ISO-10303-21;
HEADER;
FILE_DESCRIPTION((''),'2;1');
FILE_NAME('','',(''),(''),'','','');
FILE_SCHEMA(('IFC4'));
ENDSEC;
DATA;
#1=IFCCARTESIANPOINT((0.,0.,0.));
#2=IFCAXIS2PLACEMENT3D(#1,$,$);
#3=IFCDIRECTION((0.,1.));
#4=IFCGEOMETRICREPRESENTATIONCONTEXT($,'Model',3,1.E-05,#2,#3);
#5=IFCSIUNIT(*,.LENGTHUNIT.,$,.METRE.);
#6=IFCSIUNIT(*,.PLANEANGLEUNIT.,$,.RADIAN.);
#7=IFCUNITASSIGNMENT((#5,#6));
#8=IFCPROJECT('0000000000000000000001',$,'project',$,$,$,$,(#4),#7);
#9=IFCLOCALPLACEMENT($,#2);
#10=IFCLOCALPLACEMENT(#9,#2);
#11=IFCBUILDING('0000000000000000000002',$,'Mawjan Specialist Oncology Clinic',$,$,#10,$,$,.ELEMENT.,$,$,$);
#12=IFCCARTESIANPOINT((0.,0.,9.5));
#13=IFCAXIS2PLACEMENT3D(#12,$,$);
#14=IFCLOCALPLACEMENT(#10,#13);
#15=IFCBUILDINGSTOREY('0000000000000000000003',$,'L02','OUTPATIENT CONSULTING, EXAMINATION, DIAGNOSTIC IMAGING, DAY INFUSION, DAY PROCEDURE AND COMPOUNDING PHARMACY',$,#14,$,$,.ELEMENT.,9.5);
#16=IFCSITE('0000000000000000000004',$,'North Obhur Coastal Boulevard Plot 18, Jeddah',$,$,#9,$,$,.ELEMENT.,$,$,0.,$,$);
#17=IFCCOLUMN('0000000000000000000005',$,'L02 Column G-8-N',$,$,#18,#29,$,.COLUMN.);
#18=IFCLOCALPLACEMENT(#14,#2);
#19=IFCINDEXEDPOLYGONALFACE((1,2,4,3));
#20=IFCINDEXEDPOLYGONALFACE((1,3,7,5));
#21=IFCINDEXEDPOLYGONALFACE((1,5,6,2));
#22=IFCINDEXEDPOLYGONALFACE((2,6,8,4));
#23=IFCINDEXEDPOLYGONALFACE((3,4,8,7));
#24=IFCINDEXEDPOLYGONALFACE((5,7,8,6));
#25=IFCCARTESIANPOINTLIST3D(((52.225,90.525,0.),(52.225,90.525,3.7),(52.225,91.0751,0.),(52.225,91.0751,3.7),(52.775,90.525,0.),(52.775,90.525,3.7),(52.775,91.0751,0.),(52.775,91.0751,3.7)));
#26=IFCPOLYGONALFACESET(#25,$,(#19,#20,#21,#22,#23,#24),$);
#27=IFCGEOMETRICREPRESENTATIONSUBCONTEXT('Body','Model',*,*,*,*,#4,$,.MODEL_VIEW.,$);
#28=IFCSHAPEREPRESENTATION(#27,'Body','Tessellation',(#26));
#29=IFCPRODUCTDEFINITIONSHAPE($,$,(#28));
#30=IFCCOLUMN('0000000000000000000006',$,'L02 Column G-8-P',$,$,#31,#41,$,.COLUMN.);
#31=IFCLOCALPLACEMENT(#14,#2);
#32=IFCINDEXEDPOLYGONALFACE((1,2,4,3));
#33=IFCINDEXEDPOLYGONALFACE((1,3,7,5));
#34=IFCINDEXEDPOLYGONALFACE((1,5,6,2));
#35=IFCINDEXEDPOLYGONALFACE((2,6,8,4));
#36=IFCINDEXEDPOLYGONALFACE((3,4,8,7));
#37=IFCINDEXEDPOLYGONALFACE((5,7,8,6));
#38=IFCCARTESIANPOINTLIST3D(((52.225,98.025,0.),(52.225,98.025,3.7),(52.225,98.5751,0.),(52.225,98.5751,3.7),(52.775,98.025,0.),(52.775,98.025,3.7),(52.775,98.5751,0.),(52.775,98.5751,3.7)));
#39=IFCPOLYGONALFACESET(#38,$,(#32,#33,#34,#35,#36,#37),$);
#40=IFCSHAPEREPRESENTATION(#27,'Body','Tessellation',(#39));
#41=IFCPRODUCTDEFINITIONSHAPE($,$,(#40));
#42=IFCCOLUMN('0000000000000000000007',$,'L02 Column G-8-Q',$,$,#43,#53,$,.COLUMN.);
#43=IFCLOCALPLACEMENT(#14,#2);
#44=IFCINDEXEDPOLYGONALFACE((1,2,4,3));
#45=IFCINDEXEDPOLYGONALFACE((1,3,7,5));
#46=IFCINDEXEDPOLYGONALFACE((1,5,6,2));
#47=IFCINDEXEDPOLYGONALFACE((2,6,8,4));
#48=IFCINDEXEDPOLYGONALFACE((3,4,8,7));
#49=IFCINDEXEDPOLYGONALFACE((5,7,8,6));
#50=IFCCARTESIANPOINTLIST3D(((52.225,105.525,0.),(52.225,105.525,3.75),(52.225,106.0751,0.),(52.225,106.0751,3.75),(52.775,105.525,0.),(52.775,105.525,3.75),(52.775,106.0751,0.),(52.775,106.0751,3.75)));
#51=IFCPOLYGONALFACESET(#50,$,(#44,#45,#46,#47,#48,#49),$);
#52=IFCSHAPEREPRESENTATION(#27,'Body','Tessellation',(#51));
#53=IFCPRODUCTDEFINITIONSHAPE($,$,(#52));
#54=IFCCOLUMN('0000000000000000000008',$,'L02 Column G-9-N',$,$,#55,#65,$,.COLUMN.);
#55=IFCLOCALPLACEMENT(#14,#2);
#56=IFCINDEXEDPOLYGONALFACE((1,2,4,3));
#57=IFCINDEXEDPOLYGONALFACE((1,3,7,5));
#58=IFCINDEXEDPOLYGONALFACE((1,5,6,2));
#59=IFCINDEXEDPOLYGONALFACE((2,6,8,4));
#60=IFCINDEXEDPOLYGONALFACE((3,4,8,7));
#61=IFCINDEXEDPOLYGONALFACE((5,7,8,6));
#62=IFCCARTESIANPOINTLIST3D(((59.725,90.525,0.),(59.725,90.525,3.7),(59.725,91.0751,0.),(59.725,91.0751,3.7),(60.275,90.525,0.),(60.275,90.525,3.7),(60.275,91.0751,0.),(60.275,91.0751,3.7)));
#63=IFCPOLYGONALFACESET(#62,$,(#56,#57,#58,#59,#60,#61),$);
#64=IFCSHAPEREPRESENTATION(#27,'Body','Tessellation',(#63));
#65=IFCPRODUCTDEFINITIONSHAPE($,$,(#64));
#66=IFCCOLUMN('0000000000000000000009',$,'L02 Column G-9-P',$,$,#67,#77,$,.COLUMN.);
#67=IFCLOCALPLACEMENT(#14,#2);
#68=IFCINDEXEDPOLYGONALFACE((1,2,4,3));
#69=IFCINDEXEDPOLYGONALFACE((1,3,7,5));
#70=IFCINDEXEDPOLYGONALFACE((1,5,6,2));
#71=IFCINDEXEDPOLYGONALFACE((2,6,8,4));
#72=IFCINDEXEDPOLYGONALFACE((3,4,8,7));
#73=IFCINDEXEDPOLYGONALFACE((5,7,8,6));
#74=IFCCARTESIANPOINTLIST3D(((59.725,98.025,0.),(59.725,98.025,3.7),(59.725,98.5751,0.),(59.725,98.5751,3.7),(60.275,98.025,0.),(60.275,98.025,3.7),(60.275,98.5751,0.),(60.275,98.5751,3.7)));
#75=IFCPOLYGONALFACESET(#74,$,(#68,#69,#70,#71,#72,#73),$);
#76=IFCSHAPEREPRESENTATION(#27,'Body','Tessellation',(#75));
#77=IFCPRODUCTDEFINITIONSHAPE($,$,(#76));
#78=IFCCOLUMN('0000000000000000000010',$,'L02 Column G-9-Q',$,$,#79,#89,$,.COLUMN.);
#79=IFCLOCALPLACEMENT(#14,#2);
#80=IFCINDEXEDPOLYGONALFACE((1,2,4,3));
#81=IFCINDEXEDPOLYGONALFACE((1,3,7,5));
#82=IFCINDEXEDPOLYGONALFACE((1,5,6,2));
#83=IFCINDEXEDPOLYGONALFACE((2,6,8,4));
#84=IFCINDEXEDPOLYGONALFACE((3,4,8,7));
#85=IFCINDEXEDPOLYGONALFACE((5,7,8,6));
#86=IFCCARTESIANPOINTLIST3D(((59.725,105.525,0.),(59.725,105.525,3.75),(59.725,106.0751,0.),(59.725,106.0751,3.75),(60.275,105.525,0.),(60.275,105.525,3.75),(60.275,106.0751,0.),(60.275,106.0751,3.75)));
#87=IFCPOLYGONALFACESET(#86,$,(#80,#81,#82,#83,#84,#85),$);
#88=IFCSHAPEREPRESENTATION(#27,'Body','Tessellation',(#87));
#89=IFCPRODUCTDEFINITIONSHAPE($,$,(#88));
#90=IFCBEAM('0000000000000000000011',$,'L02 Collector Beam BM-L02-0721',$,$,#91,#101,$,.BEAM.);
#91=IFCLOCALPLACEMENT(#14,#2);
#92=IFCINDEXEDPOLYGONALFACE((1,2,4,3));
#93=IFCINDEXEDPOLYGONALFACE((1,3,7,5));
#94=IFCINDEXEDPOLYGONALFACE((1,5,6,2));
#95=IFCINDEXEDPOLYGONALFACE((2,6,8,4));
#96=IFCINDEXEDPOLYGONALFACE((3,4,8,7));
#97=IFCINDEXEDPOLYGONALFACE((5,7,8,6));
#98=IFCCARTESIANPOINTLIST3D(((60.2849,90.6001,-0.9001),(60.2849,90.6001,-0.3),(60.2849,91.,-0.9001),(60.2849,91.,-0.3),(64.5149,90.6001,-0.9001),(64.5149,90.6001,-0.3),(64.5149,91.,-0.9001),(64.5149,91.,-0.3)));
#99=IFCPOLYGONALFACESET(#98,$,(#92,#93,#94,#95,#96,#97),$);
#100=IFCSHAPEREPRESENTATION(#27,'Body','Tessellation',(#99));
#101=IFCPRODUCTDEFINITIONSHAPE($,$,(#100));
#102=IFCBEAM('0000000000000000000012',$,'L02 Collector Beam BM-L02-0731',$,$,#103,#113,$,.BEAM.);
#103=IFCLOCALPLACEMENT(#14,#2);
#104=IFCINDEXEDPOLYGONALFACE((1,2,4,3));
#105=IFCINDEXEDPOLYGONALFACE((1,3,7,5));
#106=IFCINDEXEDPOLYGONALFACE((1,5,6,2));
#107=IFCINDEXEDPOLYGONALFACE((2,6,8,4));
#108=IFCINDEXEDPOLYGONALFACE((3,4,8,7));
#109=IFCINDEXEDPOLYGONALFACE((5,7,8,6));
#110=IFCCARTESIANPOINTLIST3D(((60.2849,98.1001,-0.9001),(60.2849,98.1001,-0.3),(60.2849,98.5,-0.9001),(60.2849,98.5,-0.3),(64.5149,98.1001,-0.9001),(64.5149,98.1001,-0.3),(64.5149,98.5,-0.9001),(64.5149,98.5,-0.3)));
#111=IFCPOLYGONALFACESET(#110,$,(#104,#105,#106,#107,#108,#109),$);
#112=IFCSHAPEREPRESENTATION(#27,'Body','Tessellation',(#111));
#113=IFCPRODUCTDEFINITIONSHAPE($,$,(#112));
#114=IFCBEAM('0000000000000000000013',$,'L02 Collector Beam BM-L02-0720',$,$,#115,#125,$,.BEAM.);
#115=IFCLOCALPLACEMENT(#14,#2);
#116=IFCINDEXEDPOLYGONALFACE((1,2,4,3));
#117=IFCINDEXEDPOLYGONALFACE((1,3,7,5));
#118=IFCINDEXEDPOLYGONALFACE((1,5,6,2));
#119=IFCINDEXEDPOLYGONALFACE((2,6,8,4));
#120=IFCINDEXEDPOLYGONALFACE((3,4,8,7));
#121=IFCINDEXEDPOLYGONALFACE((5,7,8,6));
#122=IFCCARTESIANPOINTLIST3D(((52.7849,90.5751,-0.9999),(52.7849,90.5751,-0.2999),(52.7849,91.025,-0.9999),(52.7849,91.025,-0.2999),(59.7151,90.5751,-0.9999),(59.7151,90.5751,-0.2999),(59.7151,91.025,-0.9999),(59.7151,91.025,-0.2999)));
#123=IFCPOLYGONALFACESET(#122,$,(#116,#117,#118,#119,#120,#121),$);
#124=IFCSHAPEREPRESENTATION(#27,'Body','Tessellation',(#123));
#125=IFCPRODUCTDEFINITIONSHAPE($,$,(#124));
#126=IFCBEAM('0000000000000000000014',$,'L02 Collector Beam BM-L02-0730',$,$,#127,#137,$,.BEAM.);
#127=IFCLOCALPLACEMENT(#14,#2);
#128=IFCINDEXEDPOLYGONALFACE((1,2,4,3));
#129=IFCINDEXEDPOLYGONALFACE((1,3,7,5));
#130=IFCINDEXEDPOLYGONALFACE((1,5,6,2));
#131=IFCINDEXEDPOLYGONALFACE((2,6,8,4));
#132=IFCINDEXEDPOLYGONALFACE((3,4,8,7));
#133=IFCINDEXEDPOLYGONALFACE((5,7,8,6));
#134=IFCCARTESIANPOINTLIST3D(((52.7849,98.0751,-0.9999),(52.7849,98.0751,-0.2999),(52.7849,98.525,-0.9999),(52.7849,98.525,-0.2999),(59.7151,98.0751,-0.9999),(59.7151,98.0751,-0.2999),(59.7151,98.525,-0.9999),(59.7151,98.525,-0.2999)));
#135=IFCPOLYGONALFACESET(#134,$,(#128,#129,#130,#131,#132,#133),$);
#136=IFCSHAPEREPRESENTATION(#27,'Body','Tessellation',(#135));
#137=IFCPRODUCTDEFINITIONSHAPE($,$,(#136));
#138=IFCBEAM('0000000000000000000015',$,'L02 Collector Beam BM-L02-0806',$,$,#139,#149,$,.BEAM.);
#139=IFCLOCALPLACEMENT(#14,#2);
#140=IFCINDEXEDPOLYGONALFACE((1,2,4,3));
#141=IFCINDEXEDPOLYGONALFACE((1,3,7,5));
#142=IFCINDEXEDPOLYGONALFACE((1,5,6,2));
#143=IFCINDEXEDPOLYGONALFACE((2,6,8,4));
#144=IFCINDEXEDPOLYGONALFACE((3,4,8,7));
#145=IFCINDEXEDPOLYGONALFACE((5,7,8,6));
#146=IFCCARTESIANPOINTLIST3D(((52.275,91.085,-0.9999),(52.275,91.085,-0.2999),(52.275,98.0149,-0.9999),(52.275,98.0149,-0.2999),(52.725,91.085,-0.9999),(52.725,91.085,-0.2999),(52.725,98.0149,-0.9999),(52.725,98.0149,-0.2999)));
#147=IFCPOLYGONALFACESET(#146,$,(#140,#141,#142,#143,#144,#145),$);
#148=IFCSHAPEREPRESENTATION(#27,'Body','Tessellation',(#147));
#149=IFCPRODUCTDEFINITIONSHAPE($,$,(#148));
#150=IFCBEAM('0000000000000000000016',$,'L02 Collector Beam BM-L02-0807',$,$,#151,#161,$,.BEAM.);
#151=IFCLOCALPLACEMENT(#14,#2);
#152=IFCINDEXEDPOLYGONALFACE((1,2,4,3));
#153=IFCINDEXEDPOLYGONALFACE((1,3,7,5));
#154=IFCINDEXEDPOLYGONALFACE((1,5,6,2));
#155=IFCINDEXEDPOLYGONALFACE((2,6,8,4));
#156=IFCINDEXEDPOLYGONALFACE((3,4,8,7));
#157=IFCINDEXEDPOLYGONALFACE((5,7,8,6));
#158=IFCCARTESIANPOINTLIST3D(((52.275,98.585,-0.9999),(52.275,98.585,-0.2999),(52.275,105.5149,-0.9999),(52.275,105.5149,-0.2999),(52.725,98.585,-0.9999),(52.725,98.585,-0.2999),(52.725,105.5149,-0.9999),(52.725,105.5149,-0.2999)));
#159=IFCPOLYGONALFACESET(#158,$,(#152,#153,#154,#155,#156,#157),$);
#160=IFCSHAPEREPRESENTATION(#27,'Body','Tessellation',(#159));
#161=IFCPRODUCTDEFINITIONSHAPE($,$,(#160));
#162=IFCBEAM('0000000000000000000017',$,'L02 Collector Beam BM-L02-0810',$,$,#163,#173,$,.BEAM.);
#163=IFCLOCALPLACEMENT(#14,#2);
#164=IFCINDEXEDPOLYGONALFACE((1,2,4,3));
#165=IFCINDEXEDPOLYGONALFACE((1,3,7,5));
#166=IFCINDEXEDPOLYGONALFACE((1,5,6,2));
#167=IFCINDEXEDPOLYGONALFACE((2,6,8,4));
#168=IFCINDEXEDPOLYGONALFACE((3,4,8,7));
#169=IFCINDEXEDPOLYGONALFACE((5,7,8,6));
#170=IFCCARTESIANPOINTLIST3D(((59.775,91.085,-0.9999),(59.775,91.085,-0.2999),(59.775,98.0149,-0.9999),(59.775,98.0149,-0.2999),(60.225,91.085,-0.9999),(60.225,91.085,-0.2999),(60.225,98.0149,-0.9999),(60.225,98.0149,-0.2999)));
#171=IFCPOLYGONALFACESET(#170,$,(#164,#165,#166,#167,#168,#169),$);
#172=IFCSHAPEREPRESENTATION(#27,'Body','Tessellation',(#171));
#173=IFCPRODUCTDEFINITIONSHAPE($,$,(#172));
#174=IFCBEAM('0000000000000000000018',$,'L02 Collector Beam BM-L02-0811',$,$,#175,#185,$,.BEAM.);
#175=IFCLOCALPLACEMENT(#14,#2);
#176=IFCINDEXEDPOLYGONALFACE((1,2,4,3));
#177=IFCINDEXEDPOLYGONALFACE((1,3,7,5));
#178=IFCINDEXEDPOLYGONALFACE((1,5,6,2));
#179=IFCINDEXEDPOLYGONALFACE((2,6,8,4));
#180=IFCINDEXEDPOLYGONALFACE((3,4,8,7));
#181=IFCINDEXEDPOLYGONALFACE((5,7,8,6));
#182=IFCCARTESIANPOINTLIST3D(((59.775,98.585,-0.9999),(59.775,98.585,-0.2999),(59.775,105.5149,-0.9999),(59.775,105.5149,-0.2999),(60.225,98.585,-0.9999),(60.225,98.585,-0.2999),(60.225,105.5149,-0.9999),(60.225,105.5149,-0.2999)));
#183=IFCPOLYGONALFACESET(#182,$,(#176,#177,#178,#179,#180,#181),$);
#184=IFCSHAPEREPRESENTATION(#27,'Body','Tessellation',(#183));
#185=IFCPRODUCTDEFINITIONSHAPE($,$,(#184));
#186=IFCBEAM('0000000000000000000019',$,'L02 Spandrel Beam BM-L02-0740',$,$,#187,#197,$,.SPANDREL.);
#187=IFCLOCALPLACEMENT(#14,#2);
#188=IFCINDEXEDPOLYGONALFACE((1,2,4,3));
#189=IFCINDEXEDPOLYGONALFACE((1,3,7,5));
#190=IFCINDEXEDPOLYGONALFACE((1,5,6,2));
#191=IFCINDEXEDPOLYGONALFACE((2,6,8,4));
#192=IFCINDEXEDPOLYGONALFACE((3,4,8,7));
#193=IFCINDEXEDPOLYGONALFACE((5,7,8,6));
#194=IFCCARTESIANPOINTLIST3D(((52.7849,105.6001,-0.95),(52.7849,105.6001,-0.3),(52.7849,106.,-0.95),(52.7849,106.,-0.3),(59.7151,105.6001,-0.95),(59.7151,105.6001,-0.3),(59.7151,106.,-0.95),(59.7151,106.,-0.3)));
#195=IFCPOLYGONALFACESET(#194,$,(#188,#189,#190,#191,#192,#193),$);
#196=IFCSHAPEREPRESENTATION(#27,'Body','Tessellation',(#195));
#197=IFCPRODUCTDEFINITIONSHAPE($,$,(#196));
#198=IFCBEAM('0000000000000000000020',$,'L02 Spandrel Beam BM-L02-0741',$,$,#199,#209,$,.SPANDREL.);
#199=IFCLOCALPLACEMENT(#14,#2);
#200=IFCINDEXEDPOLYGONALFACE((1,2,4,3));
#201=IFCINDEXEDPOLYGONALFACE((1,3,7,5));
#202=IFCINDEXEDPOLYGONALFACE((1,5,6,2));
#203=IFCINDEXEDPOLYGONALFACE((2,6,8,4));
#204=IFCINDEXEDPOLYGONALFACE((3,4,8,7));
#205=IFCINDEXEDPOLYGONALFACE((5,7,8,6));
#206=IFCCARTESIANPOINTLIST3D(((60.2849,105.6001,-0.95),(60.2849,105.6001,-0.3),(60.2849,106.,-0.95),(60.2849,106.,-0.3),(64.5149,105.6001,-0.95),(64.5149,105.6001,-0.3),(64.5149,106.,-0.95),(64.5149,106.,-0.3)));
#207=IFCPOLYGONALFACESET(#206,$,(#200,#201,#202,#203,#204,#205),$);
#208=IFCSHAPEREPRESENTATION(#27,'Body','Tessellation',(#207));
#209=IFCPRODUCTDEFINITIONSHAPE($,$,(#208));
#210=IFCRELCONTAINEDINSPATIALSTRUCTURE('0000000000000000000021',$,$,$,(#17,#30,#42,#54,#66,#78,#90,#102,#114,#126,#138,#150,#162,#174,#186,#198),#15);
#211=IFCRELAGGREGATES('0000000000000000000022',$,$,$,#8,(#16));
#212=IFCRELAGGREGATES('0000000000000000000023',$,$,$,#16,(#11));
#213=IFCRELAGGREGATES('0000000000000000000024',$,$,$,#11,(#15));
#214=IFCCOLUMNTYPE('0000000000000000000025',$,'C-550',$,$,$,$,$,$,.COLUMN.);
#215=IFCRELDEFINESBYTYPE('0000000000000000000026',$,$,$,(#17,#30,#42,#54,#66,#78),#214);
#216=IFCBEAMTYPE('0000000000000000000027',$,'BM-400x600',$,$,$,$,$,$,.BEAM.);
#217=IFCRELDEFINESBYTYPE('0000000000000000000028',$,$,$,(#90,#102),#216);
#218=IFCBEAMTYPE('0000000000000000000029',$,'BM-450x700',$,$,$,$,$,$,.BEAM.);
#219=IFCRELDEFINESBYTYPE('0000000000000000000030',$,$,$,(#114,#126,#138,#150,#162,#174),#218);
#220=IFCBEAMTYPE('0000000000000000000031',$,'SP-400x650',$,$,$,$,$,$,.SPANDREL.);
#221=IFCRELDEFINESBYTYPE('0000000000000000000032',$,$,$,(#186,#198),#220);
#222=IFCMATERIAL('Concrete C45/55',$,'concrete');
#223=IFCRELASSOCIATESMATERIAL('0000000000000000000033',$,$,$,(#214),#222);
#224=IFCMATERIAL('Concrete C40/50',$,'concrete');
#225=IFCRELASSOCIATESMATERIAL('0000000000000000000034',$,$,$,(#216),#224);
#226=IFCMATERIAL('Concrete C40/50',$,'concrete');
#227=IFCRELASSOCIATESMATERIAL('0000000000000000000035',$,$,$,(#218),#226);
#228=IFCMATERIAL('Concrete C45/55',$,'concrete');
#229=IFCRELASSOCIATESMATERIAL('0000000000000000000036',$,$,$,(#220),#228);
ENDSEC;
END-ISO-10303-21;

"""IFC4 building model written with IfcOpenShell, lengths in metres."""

from ifc_helpers import new_model, si_unit, direction, frame, origin, origin_2d, place, context, subcontext, project, spatial, rectangle, extrude, material, material_profile, profile_set, type_object, element, save


model = new_model("IFC4")

# Units and contexts
model_context = context("Model", 3, precision=1e-05, world=origin(), true_north=direction((0.0, 1.0)))
body_context = subcontext(model_context, "Body", "Model", "MODEL_VIEW")
ifc_project = project(units=[si_unit("LENGTHUNIT", "METRE"), si_unit("PLANEANGLEUNIT", "RADIAN")], contexts=[model_context])

# Site, building, storey
site_placement = place(None, origin())
site = spatial("IfcSite", under=ifc_project, at=site_placement, Name="North Obhur Coastal Boulevard Plot 18, Jeddah", CompositionType="ELEMENT", RefElevation=0.0)
building_placement = place(site_placement, origin())
building = spatial("IfcBuilding", under=site, at=building_placement, Name="Mawjan Specialist Oncology Clinic", CompositionType="ELEMENT")
storey_placement = place(building_placement, frame((0.0, 0.0, 9.5)))
storey = spatial("IfcBuildingStorey", under=building, at=storey_placement, Name="L02", Description="OUTPATIENT CONSULTING, EXAMINATION, DIAGNOSTIC IMAGING, DAY INFUSION, DAY PROCEDURE AND COMPOUNDING PHARMACY", CompositionType="ELEMENT", Elevation=9.5)

# Columns
ifc_material_1 = material(Name="Concrete C45/55", Category="concrete")
ifc_material_profile_1 = material_profile(ifc_material_1, rectangle(XDim=0.55, YDim=0.55, at=origin_2d()), Name="RC COL 550x550", Category="concrete")
ifc_profile_set_1 = profile_set([ifc_material_profile_1], Name="Concrete C45/55")
column_type = type_object("IfcColumnType", Name="C-550", PredefinedType="COLUMN", material=ifc_profile_set_1)
for number, where, z_axis, x_axis, name in (
    (1, (52.5, 90.8, 0.0), (0.0, 0.0, 1.0), (1.0, 0.0, 0.0), "L02 Column G-8-N"),
    (2, (52.5, 98.3, 0.0), (0.0, 0.0, 1.0), (1.0, 0.0, 0.0), "L02 Column G-8-P"),
):
    element("IfcColumn", number, at=place(storey_placement, frame(where, z_axis=z_axis, x_axis=x_axis)), inside=storey, type_object=column_type, Name=name, PredefinedType="COLUMN", context=body_context, shape_type="SweptSolid", body=[
        extrude(rectangle(XDim=0.55, YDim=0.55, at=origin_2d()), origin(), (0.0, 0.0, 1.0), 3.7),
    ])
column_1_placement = place(storey_placement, frame((52.5, 105.8, 0.0), z_axis=(0.0, 0.0, 1.0), x_axis=(1.0, 0.0, 0.0)))
element("IfcColumn", 3, at=column_1_placement, inside=storey, type_object=column_type, Name="L02 Column G-8-Q", PredefinedType="COLUMN", context=body_context, shape_type="SweptSolid", body=[
    extrude(rectangle(XDim=0.55, YDim=0.55, at=origin_2d()), origin(), (0.0, 0.0, 1.0), 3.75),
])
for number, where, z_axis, x_axis, name in (
    (4, (60.0, 90.8, 0.0), (0.0, 0.0, 1.0), (1.0, 0.0, 0.0), "L02 Column G-9-N"),
    (5, (60.0, 98.3, 0.0), (0.0, 0.0, 1.0), (1.0, 0.0, 0.0), "L02 Column G-9-P"),
):
    element("IfcColumn", number, at=place(storey_placement, frame(where, z_axis=z_axis, x_axis=x_axis)), inside=storey, type_object=column_type, Name=name, PredefinedType="COLUMN", context=body_context, shape_type="SweptSolid", body=[
        extrude(rectangle(XDim=0.55, YDim=0.55, at=origin_2d()), origin(), (0.0, 0.0, 1.0), 3.7),
    ])
column_2_placement = place(storey_placement, frame((60.0, 105.8, 0.0), z_axis=(0.0, 0.0, 1.0), x_axis=(1.0, 0.0, 0.0)))
element("IfcColumn", 6, at=column_2_placement, inside=storey, type_object=column_type, Name="L02 Column G-9-Q", PredefinedType="COLUMN", context=body_context, shape_type="SweptSolid", body=[
    extrude(rectangle(XDim=0.55, YDim=0.55, at=origin_2d()), origin(), (0.0, 0.0, 1.0), 3.75),
])

# Beams
ifc_material_2 = material(Name="Concrete C40/50", Category="concrete")
ifc_material_profile_2 = material_profile(ifc_material_2, rectangle(XDim=0.3999, YDim=0.6001, at=origin_2d()), Name="RC BM 400x600", Category="concrete")
ifc_profile_set_2 = profile_set([ifc_material_profile_2], Name="Concrete C40/50")
beam_type_1 = type_object("IfcBeamType", Name="BM-400x600", PredefinedType="BEAM", material=ifc_profile_set_2)
for number, where, z_axis, x_axis, name in (
    (7, (60.2849, 90.8, -0.6001), (1.0, 0.0, 0.0), (0.0, 1.0, 0.0), "L02 Collector Beam BM-L02-0721"),
    (8, (60.2849, 98.3, -0.6001), (1.0, 0.0, 0.0), (0.0, 1.0, 0.0), "L02 Collector Beam BM-L02-0731"),
):
    element("IfcBeam", number, at=place(storey_placement, frame(where, z_axis=z_axis, x_axis=x_axis)), inside=storey, type_object=beam_type_1, Name=name, PredefinedType="BEAM", context=body_context, shape_type="SweptSolid", body=[
        extrude(rectangle(XDim=0.3999, YDim=0.6001, at=origin_2d()), origin(), (0.0, 0.0, 1.0), 4.23),
    ])
ifc_material_3 = material(Name="Concrete C40/50", Category="concrete")
ifc_material_profile_3 = material_profile(ifc_material_3, rectangle(XDim=0.45, YDim=0.7, at=origin_2d()), Name="RC BM 450x700", Category="concrete")
ifc_profile_set_3 = profile_set([ifc_material_profile_3], Name="Concrete C40/50")
beam_type_2 = type_object("IfcBeamType", Name="BM-450x700", PredefinedType="BEAM", material=ifc_profile_set_3)
for number, where, z_axis, x_axis, name in (
    (9, (52.7849, 90.8, -0.6499), (1.0, 0.0, 0.0), (0.0, 1.0, 0.0), "L02 Collector Beam BM-L02-0720"),
    (10, (52.7849, 98.3, -0.6499), (1.0, 0.0, 0.0), (0.0, 1.0, 0.0), "L02 Collector Beam BM-L02-0730"),
):
    element("IfcBeam", number, at=place(storey_placement, frame(where, z_axis=z_axis, x_axis=x_axis)), inside=storey, type_object=beam_type_2, Name=name, PredefinedType="BEAM", context=body_context, shape_type="SweptSolid", body=[
        extrude(rectangle(XDim=0.45, YDim=0.7, at=origin_2d()), origin(), (0.0, 0.0, 1.0), 6.9302),
    ])
for number, where, z_axis, x_axis, name in (
    (11, (52.5, 91.085, -0.6499), (0.0, 1.0, 0.0), (-1.0, 0.0, 0.0), "L02 Collector Beam BM-L02-0806"),
    (12, (52.5, 98.585, -0.6499), (0.0, 1.0, 0.0), (-1.0, 0.0, 0.0), "L02 Collector Beam BM-L02-0807"),
    (13, (60.0, 91.085, -0.6499), (0.0, 1.0, 0.0), (-1.0, 0.0, 0.0), "L02 Collector Beam BM-L02-0810"),
    (14, (60.0, 98.585, -0.6499), (0.0, 1.0, 0.0), (-1.0, 0.0, 0.0), "L02 Collector Beam BM-L02-0811"),
):
    element("IfcBeam", number, at=place(storey_placement, frame(where, z_axis=z_axis, x_axis=x_axis)), inside=storey, type_object=beam_type_2, Name=name, PredefinedType="BEAM", context=body_context, shape_type="SweptSolid", body=[
        extrude(rectangle(XDim=0.45, YDim=0.7, at=origin_2d()), origin(), (0.0, 0.0, 1.0), 6.9299),
    ])
ifc_material_4 = material(Name="Concrete C45/55", Category="concrete")
ifc_material_profile_4 = material_profile(ifc_material_4, rectangle(XDim=0.3999, YDim=0.6499, at=origin_2d()), Name="RC BM 400x650", Category="concrete")
ifc_profile_set_4 = profile_set([ifc_material_profile_4], Name="Concrete C45/55")
beam_type_3 = type_object("IfcBeamType", Name="SP-400x650", PredefinedType="SPANDREL", material=ifc_profile_set_4)
beam_1_placement = place(storey_placement, frame((52.7849, 105.8, -0.625), z_axis=(1.0, 0.0, 0.0), x_axis=(0.0, 1.0, 0.0)))
element("IfcBeam", 15, at=beam_1_placement, inside=storey, type_object=beam_type_3, Name="L02 Spandrel Beam BM-L02-0740", PredefinedType="SPANDREL", context=body_context, shape_type="SweptSolid", body=[
    extrude(rectangle(XDim=0.3999, YDim=0.6499, at=origin_2d()), origin(), (0.0, 0.0, 1.0), 6.9302),
])
beam_2_placement = place(storey_placement, frame((60.2849, 105.8, -0.625), z_axis=(1.0, 0.0, 0.0), x_axis=(0.0, 1.0, 0.0)))
element("IfcBeam", 16, at=beam_2_placement, inside=storey, type_object=beam_type_3, Name="L02 Spandrel Beam BM-L02-0741", PredefinedType="SPANDREL", context=body_context, shape_type="SweptSolid", body=[
    extrude(rectangle(XDim=0.3999, YDim=0.6499, at=origin_2d()), origin(), (0.0, 0.0, 1.0), 4.23),
])

save(model, "model.ifc")
